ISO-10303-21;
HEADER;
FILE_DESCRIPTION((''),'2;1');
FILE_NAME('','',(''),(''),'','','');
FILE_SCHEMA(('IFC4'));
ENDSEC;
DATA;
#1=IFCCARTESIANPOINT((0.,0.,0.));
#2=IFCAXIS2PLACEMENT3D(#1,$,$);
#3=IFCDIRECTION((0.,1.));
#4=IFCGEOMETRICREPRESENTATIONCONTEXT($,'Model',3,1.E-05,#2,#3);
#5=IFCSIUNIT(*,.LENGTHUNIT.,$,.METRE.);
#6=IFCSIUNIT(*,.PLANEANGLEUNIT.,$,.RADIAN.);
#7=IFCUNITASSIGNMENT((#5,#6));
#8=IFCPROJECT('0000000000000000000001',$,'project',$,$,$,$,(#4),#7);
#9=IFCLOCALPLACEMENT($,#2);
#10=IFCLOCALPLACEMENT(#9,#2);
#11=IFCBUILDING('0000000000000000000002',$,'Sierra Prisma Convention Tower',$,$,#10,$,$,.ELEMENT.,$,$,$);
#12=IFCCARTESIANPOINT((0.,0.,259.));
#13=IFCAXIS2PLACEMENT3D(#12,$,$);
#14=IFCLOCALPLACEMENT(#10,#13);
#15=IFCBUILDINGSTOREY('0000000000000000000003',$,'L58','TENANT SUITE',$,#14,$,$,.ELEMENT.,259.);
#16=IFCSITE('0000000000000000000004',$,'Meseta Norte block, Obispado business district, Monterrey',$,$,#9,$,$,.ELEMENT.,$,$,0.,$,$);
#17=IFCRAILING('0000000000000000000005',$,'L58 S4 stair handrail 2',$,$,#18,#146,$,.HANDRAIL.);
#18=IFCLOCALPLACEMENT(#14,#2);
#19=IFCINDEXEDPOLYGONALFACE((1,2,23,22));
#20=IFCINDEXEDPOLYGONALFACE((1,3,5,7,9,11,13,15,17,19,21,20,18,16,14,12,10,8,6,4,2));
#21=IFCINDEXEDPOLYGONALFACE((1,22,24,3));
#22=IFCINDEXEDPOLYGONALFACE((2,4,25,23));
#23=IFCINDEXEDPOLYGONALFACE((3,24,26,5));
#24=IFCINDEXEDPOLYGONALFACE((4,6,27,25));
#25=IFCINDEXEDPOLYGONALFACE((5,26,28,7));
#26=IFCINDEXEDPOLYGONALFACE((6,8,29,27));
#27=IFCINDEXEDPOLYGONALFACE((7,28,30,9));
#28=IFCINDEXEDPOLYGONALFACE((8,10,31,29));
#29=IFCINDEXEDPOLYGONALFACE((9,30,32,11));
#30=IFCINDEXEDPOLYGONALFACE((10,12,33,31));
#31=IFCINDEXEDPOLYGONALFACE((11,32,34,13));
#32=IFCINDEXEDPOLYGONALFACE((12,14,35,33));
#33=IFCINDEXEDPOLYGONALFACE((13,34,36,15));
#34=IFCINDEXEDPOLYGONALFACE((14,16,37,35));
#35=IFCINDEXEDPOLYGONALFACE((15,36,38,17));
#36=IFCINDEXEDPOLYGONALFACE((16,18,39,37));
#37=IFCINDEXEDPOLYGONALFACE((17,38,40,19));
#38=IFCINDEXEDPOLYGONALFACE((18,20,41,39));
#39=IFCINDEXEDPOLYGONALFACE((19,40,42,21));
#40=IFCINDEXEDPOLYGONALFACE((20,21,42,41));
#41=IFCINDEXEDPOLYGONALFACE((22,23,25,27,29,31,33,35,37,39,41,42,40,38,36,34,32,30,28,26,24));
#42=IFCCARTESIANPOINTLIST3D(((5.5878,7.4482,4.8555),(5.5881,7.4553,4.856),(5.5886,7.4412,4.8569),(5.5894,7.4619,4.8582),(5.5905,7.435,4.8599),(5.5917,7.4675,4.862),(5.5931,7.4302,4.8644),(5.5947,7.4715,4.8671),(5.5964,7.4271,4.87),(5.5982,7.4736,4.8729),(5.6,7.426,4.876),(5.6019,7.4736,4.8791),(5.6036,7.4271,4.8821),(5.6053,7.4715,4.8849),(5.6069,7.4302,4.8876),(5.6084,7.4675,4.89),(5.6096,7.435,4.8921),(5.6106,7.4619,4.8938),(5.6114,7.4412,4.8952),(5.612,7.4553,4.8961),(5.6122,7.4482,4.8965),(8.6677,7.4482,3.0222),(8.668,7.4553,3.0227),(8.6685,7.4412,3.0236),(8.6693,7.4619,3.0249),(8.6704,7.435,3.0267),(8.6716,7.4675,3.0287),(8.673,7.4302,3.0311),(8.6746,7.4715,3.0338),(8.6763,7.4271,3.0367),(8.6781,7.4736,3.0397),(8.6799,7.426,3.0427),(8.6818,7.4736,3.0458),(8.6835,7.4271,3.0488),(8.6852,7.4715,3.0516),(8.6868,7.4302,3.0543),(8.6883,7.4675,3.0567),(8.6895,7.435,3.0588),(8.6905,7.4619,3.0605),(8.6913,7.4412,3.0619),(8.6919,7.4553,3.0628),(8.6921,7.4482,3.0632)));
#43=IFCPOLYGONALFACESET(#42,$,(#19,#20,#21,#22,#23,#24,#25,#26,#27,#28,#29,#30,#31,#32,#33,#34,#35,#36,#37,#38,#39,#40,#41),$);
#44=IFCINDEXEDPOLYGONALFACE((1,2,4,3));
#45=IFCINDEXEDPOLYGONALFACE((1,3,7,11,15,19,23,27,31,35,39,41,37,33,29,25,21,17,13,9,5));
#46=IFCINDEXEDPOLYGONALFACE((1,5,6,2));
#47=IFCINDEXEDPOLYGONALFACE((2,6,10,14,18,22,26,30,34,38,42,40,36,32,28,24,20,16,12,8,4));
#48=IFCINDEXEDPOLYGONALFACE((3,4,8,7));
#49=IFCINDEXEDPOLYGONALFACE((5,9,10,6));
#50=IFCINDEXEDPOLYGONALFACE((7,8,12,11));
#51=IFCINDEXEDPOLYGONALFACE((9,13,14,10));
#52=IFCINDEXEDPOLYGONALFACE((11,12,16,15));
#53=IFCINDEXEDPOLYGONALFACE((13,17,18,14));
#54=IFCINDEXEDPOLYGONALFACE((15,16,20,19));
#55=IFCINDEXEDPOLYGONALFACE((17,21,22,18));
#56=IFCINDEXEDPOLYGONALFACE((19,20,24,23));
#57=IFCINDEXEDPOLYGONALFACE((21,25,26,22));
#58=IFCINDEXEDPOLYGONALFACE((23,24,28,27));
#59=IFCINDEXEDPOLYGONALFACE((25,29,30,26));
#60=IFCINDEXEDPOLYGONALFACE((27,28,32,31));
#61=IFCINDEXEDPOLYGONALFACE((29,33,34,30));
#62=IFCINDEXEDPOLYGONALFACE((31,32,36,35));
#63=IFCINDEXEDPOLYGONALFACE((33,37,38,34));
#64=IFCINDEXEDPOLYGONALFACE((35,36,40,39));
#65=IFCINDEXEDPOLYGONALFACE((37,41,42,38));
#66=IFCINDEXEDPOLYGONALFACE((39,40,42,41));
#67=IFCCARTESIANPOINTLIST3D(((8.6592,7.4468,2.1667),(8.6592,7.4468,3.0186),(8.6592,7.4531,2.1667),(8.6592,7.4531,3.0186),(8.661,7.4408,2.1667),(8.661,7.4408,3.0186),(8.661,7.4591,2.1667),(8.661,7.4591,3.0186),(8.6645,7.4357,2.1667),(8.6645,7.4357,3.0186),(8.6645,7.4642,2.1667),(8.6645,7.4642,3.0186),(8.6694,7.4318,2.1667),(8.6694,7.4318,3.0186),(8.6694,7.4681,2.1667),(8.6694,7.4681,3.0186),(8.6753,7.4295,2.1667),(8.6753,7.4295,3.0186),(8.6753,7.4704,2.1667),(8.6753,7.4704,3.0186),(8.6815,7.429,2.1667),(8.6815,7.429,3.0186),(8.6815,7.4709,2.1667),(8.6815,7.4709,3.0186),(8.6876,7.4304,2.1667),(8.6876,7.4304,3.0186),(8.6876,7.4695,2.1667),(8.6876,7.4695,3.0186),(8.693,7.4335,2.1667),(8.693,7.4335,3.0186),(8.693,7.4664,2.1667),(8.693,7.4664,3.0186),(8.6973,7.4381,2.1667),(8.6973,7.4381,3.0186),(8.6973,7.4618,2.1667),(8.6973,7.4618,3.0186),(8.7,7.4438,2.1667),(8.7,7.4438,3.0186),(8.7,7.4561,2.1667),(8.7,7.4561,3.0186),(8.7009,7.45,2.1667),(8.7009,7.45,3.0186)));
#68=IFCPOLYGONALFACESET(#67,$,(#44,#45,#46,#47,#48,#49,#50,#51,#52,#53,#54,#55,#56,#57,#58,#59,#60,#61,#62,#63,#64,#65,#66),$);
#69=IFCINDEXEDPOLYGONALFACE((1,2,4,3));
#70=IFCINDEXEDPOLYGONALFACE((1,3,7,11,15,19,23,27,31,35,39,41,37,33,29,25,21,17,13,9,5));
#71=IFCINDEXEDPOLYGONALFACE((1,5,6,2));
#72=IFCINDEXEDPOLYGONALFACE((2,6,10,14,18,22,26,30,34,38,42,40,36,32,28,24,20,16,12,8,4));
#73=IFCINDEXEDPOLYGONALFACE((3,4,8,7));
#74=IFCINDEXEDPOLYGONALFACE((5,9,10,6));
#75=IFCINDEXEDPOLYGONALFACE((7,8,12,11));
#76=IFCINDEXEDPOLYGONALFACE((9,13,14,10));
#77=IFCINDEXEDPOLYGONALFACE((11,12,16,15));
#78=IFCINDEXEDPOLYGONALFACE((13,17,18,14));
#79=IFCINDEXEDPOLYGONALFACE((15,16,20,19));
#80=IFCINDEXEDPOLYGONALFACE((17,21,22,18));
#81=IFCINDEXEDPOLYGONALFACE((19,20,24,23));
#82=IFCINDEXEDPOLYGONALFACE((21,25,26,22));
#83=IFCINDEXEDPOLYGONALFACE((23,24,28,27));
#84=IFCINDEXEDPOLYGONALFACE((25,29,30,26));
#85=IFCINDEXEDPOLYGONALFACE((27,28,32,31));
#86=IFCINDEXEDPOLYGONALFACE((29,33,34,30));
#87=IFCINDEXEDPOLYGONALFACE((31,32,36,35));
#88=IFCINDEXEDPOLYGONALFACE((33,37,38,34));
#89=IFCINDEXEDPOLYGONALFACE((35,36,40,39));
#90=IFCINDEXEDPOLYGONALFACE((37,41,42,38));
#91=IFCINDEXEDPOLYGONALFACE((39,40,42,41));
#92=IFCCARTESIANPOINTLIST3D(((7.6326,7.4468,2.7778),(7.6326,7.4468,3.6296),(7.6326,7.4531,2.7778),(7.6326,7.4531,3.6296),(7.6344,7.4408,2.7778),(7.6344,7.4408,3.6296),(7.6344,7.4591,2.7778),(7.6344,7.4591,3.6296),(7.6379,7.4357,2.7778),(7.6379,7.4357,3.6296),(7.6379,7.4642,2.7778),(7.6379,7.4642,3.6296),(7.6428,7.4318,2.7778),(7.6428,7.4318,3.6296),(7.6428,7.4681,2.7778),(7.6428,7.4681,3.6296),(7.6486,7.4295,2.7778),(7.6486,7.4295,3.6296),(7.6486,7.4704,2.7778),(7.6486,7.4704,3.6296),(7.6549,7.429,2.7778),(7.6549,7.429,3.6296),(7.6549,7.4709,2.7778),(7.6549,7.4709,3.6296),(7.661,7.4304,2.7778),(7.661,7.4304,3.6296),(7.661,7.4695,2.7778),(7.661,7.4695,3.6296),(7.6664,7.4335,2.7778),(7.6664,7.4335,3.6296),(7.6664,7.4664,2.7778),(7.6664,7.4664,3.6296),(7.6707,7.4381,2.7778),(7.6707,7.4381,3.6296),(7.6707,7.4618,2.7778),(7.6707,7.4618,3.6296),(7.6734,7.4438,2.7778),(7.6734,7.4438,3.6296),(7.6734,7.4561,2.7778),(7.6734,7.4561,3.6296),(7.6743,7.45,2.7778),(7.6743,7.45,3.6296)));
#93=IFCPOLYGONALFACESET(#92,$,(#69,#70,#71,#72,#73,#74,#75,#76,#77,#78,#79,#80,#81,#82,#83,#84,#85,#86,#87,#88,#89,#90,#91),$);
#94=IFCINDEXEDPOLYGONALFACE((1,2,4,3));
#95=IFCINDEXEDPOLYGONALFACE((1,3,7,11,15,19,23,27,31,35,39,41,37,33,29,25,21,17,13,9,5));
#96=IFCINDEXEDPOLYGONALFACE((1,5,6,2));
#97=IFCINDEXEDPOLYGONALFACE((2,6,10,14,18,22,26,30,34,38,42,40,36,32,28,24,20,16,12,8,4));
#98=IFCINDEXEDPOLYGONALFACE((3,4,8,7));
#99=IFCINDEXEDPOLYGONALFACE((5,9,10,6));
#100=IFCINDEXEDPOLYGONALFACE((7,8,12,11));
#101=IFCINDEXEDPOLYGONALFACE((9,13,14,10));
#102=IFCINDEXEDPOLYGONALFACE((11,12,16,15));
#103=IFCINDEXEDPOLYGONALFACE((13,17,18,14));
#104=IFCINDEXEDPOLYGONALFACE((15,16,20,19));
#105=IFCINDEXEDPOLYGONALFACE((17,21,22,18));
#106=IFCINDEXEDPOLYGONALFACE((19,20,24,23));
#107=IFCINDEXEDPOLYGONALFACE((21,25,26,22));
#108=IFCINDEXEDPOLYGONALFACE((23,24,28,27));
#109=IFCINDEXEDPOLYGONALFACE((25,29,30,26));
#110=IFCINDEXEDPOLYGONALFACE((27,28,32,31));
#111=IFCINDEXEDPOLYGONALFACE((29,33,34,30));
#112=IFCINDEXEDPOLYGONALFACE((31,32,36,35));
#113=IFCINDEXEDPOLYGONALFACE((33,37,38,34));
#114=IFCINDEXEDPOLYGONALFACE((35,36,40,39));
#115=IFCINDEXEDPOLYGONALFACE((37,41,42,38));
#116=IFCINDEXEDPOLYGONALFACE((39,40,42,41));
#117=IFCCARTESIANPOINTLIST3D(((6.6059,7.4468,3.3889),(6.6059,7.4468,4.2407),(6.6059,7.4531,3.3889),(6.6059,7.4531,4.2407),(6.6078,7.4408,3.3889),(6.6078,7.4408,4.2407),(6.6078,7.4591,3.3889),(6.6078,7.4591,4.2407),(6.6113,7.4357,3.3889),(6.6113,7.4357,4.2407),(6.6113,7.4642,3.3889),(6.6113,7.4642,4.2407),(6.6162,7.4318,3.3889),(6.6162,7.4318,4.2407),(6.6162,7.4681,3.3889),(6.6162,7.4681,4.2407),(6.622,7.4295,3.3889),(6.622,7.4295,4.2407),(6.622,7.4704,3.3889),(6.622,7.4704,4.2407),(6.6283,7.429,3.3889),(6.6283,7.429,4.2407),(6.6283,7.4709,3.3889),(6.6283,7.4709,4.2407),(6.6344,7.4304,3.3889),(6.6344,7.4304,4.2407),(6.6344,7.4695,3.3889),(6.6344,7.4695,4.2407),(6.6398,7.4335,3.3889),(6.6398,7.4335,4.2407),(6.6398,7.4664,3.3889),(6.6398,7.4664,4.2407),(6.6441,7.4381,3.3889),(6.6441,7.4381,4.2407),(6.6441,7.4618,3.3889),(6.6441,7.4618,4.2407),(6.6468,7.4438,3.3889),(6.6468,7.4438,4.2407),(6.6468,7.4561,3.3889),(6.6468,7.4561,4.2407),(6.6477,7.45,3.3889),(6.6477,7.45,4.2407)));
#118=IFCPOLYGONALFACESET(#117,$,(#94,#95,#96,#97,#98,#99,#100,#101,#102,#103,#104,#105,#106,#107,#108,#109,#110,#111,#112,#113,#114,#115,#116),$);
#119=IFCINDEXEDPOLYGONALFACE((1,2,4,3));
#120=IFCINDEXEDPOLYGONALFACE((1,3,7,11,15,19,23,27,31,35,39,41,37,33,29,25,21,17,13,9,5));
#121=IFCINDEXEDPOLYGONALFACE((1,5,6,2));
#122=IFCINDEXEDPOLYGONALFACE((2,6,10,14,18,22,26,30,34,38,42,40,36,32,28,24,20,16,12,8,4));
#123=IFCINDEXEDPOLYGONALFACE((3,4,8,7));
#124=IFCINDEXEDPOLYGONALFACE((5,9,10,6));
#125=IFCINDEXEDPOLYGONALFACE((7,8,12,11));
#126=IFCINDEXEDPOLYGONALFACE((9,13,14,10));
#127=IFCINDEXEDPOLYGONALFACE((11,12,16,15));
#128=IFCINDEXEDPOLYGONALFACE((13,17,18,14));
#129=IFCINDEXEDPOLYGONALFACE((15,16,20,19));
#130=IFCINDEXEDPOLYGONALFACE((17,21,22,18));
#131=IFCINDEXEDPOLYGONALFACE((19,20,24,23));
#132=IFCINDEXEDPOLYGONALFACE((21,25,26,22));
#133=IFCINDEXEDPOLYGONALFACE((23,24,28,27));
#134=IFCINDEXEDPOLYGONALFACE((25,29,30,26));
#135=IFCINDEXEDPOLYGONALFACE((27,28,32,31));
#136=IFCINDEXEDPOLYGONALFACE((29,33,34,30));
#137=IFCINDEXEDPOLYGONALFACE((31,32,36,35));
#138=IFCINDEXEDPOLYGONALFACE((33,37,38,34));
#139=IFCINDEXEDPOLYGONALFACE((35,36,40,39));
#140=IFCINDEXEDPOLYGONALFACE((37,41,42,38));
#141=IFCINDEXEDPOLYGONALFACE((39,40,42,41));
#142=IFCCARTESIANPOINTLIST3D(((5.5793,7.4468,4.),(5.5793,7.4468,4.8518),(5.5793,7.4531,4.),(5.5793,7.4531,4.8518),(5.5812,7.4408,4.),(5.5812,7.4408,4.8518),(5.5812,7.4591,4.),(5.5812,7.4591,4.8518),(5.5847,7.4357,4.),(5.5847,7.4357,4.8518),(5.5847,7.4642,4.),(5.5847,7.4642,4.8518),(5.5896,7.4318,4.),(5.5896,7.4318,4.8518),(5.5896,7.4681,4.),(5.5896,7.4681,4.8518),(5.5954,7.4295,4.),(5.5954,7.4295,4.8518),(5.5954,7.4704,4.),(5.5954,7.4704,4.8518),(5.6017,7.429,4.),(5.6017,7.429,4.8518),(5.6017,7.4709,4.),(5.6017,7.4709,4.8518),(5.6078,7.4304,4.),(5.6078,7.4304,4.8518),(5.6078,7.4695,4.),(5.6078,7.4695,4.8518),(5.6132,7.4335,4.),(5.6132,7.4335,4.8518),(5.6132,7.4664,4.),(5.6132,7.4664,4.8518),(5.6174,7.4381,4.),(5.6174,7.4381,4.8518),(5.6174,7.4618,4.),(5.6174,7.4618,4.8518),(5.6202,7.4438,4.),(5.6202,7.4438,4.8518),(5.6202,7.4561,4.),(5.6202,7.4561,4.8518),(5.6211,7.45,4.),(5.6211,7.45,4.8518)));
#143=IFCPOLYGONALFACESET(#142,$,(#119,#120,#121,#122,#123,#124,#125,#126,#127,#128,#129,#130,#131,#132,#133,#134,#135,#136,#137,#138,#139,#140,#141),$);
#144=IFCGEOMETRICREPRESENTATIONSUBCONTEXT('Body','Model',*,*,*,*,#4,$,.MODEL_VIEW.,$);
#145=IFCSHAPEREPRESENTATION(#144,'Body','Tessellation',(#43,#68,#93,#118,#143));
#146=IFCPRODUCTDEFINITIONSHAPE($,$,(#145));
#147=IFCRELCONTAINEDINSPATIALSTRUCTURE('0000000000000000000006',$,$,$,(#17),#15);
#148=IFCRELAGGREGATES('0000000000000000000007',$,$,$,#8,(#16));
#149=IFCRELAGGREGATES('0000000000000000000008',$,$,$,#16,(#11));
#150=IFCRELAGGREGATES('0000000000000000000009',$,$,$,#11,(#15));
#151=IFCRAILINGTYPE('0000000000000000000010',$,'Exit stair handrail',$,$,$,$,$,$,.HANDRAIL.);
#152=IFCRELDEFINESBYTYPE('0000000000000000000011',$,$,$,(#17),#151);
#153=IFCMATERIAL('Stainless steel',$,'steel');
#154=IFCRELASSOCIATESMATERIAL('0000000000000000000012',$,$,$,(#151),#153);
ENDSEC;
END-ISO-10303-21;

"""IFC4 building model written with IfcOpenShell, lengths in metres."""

from ifc_helpers import new_model, si_unit, direction, frame, origin, origin_2d, place, context, subcontext, project, spatial, circle, extrude, material, type_object, element, save


model = new_model("IFC4")

# Units and contexts
model_context = context("Model", 3, precision=1e-05, world=origin(), true_north=direction((0.0, 1.0)))
body_context = subcontext(model_context, "Body", "Model", "MODEL_VIEW")
ifc_project = project(units=[si_unit("LENGTHUNIT", "METRE"), si_unit("PLANEANGLEUNIT", "RADIAN")], contexts=[model_context])

# Site, building, storey
site_placement = place(None, origin())
site = spatial("IfcSite", under=ifc_project, at=site_placement, Name="Meseta Norte block, Obispado business district, Monterrey", CompositionType="ELEMENT", RefElevation=0.0)
building_placement = place(site_placement, origin())
building = spatial("IfcBuilding", under=site, at=building_placement, Name="Sierra Prisma Convention Tower", CompositionType="ELEMENT")
storey_placement = place(building_placement, frame((0.0, 0.0, 259.0)))
storey = spatial("IfcBuildingStorey", under=building, at=storey_placement, Name="L58", Description="TENANT SUITE", CompositionType="ELEMENT", Elevation=259.0)

# Railing
ifc_material_1 = material(Name="Stainless steel", Category="steel")
railing_type_1 = type_object("IfcRailingType", Name="Exit stair handrail", PredefinedType="HANDRAIL", material=ifc_material_1)
railing_1_placement = place(storey_placement, frame((8.6799, 7.45, 2.1667)))
element("IfcRailing", 1, at=railing_1_placement, inside=storey, type_object=railing_type_1, Name="L58 S4 stair handrail 2", PredefinedType="HANDRAIL", context=body_context, shape_type="SweptSolid", body=[
    extrude(circle(Radius=0.0239, at=origin_2d()), frame((0.0, 0.0, 0.876), z_axis=(-0.859291, 0.0, 0.511487), x_axis=(0.0, -1.0, 0.0)), (0.0, 0.0, 1.0), 3.5842),
    extrude(circle(Radius=0.021, at=origin_2d()), origin(), (0.0, 0.0, 1.0), 0.8518),
    extrude(circle(Radius=0.021, at=origin_2d()), frame((-1.0266, 0.0, 0.6111)), (0.0, 0.0, 1.0), 0.8518),
    extrude(circle(Radius=0.021, at=origin_2d()), frame((-2.0532, 0.0, 1.2222)), (0.0, 0.0, 1.0), 0.8518),
    extrude(circle(Radius=0.021, at=origin_2d()), frame((-3.0798, 0.0, 1.8333)), (0.0, 0.0, 1.0), 0.8518),
])

save(model, "model.ifc")
